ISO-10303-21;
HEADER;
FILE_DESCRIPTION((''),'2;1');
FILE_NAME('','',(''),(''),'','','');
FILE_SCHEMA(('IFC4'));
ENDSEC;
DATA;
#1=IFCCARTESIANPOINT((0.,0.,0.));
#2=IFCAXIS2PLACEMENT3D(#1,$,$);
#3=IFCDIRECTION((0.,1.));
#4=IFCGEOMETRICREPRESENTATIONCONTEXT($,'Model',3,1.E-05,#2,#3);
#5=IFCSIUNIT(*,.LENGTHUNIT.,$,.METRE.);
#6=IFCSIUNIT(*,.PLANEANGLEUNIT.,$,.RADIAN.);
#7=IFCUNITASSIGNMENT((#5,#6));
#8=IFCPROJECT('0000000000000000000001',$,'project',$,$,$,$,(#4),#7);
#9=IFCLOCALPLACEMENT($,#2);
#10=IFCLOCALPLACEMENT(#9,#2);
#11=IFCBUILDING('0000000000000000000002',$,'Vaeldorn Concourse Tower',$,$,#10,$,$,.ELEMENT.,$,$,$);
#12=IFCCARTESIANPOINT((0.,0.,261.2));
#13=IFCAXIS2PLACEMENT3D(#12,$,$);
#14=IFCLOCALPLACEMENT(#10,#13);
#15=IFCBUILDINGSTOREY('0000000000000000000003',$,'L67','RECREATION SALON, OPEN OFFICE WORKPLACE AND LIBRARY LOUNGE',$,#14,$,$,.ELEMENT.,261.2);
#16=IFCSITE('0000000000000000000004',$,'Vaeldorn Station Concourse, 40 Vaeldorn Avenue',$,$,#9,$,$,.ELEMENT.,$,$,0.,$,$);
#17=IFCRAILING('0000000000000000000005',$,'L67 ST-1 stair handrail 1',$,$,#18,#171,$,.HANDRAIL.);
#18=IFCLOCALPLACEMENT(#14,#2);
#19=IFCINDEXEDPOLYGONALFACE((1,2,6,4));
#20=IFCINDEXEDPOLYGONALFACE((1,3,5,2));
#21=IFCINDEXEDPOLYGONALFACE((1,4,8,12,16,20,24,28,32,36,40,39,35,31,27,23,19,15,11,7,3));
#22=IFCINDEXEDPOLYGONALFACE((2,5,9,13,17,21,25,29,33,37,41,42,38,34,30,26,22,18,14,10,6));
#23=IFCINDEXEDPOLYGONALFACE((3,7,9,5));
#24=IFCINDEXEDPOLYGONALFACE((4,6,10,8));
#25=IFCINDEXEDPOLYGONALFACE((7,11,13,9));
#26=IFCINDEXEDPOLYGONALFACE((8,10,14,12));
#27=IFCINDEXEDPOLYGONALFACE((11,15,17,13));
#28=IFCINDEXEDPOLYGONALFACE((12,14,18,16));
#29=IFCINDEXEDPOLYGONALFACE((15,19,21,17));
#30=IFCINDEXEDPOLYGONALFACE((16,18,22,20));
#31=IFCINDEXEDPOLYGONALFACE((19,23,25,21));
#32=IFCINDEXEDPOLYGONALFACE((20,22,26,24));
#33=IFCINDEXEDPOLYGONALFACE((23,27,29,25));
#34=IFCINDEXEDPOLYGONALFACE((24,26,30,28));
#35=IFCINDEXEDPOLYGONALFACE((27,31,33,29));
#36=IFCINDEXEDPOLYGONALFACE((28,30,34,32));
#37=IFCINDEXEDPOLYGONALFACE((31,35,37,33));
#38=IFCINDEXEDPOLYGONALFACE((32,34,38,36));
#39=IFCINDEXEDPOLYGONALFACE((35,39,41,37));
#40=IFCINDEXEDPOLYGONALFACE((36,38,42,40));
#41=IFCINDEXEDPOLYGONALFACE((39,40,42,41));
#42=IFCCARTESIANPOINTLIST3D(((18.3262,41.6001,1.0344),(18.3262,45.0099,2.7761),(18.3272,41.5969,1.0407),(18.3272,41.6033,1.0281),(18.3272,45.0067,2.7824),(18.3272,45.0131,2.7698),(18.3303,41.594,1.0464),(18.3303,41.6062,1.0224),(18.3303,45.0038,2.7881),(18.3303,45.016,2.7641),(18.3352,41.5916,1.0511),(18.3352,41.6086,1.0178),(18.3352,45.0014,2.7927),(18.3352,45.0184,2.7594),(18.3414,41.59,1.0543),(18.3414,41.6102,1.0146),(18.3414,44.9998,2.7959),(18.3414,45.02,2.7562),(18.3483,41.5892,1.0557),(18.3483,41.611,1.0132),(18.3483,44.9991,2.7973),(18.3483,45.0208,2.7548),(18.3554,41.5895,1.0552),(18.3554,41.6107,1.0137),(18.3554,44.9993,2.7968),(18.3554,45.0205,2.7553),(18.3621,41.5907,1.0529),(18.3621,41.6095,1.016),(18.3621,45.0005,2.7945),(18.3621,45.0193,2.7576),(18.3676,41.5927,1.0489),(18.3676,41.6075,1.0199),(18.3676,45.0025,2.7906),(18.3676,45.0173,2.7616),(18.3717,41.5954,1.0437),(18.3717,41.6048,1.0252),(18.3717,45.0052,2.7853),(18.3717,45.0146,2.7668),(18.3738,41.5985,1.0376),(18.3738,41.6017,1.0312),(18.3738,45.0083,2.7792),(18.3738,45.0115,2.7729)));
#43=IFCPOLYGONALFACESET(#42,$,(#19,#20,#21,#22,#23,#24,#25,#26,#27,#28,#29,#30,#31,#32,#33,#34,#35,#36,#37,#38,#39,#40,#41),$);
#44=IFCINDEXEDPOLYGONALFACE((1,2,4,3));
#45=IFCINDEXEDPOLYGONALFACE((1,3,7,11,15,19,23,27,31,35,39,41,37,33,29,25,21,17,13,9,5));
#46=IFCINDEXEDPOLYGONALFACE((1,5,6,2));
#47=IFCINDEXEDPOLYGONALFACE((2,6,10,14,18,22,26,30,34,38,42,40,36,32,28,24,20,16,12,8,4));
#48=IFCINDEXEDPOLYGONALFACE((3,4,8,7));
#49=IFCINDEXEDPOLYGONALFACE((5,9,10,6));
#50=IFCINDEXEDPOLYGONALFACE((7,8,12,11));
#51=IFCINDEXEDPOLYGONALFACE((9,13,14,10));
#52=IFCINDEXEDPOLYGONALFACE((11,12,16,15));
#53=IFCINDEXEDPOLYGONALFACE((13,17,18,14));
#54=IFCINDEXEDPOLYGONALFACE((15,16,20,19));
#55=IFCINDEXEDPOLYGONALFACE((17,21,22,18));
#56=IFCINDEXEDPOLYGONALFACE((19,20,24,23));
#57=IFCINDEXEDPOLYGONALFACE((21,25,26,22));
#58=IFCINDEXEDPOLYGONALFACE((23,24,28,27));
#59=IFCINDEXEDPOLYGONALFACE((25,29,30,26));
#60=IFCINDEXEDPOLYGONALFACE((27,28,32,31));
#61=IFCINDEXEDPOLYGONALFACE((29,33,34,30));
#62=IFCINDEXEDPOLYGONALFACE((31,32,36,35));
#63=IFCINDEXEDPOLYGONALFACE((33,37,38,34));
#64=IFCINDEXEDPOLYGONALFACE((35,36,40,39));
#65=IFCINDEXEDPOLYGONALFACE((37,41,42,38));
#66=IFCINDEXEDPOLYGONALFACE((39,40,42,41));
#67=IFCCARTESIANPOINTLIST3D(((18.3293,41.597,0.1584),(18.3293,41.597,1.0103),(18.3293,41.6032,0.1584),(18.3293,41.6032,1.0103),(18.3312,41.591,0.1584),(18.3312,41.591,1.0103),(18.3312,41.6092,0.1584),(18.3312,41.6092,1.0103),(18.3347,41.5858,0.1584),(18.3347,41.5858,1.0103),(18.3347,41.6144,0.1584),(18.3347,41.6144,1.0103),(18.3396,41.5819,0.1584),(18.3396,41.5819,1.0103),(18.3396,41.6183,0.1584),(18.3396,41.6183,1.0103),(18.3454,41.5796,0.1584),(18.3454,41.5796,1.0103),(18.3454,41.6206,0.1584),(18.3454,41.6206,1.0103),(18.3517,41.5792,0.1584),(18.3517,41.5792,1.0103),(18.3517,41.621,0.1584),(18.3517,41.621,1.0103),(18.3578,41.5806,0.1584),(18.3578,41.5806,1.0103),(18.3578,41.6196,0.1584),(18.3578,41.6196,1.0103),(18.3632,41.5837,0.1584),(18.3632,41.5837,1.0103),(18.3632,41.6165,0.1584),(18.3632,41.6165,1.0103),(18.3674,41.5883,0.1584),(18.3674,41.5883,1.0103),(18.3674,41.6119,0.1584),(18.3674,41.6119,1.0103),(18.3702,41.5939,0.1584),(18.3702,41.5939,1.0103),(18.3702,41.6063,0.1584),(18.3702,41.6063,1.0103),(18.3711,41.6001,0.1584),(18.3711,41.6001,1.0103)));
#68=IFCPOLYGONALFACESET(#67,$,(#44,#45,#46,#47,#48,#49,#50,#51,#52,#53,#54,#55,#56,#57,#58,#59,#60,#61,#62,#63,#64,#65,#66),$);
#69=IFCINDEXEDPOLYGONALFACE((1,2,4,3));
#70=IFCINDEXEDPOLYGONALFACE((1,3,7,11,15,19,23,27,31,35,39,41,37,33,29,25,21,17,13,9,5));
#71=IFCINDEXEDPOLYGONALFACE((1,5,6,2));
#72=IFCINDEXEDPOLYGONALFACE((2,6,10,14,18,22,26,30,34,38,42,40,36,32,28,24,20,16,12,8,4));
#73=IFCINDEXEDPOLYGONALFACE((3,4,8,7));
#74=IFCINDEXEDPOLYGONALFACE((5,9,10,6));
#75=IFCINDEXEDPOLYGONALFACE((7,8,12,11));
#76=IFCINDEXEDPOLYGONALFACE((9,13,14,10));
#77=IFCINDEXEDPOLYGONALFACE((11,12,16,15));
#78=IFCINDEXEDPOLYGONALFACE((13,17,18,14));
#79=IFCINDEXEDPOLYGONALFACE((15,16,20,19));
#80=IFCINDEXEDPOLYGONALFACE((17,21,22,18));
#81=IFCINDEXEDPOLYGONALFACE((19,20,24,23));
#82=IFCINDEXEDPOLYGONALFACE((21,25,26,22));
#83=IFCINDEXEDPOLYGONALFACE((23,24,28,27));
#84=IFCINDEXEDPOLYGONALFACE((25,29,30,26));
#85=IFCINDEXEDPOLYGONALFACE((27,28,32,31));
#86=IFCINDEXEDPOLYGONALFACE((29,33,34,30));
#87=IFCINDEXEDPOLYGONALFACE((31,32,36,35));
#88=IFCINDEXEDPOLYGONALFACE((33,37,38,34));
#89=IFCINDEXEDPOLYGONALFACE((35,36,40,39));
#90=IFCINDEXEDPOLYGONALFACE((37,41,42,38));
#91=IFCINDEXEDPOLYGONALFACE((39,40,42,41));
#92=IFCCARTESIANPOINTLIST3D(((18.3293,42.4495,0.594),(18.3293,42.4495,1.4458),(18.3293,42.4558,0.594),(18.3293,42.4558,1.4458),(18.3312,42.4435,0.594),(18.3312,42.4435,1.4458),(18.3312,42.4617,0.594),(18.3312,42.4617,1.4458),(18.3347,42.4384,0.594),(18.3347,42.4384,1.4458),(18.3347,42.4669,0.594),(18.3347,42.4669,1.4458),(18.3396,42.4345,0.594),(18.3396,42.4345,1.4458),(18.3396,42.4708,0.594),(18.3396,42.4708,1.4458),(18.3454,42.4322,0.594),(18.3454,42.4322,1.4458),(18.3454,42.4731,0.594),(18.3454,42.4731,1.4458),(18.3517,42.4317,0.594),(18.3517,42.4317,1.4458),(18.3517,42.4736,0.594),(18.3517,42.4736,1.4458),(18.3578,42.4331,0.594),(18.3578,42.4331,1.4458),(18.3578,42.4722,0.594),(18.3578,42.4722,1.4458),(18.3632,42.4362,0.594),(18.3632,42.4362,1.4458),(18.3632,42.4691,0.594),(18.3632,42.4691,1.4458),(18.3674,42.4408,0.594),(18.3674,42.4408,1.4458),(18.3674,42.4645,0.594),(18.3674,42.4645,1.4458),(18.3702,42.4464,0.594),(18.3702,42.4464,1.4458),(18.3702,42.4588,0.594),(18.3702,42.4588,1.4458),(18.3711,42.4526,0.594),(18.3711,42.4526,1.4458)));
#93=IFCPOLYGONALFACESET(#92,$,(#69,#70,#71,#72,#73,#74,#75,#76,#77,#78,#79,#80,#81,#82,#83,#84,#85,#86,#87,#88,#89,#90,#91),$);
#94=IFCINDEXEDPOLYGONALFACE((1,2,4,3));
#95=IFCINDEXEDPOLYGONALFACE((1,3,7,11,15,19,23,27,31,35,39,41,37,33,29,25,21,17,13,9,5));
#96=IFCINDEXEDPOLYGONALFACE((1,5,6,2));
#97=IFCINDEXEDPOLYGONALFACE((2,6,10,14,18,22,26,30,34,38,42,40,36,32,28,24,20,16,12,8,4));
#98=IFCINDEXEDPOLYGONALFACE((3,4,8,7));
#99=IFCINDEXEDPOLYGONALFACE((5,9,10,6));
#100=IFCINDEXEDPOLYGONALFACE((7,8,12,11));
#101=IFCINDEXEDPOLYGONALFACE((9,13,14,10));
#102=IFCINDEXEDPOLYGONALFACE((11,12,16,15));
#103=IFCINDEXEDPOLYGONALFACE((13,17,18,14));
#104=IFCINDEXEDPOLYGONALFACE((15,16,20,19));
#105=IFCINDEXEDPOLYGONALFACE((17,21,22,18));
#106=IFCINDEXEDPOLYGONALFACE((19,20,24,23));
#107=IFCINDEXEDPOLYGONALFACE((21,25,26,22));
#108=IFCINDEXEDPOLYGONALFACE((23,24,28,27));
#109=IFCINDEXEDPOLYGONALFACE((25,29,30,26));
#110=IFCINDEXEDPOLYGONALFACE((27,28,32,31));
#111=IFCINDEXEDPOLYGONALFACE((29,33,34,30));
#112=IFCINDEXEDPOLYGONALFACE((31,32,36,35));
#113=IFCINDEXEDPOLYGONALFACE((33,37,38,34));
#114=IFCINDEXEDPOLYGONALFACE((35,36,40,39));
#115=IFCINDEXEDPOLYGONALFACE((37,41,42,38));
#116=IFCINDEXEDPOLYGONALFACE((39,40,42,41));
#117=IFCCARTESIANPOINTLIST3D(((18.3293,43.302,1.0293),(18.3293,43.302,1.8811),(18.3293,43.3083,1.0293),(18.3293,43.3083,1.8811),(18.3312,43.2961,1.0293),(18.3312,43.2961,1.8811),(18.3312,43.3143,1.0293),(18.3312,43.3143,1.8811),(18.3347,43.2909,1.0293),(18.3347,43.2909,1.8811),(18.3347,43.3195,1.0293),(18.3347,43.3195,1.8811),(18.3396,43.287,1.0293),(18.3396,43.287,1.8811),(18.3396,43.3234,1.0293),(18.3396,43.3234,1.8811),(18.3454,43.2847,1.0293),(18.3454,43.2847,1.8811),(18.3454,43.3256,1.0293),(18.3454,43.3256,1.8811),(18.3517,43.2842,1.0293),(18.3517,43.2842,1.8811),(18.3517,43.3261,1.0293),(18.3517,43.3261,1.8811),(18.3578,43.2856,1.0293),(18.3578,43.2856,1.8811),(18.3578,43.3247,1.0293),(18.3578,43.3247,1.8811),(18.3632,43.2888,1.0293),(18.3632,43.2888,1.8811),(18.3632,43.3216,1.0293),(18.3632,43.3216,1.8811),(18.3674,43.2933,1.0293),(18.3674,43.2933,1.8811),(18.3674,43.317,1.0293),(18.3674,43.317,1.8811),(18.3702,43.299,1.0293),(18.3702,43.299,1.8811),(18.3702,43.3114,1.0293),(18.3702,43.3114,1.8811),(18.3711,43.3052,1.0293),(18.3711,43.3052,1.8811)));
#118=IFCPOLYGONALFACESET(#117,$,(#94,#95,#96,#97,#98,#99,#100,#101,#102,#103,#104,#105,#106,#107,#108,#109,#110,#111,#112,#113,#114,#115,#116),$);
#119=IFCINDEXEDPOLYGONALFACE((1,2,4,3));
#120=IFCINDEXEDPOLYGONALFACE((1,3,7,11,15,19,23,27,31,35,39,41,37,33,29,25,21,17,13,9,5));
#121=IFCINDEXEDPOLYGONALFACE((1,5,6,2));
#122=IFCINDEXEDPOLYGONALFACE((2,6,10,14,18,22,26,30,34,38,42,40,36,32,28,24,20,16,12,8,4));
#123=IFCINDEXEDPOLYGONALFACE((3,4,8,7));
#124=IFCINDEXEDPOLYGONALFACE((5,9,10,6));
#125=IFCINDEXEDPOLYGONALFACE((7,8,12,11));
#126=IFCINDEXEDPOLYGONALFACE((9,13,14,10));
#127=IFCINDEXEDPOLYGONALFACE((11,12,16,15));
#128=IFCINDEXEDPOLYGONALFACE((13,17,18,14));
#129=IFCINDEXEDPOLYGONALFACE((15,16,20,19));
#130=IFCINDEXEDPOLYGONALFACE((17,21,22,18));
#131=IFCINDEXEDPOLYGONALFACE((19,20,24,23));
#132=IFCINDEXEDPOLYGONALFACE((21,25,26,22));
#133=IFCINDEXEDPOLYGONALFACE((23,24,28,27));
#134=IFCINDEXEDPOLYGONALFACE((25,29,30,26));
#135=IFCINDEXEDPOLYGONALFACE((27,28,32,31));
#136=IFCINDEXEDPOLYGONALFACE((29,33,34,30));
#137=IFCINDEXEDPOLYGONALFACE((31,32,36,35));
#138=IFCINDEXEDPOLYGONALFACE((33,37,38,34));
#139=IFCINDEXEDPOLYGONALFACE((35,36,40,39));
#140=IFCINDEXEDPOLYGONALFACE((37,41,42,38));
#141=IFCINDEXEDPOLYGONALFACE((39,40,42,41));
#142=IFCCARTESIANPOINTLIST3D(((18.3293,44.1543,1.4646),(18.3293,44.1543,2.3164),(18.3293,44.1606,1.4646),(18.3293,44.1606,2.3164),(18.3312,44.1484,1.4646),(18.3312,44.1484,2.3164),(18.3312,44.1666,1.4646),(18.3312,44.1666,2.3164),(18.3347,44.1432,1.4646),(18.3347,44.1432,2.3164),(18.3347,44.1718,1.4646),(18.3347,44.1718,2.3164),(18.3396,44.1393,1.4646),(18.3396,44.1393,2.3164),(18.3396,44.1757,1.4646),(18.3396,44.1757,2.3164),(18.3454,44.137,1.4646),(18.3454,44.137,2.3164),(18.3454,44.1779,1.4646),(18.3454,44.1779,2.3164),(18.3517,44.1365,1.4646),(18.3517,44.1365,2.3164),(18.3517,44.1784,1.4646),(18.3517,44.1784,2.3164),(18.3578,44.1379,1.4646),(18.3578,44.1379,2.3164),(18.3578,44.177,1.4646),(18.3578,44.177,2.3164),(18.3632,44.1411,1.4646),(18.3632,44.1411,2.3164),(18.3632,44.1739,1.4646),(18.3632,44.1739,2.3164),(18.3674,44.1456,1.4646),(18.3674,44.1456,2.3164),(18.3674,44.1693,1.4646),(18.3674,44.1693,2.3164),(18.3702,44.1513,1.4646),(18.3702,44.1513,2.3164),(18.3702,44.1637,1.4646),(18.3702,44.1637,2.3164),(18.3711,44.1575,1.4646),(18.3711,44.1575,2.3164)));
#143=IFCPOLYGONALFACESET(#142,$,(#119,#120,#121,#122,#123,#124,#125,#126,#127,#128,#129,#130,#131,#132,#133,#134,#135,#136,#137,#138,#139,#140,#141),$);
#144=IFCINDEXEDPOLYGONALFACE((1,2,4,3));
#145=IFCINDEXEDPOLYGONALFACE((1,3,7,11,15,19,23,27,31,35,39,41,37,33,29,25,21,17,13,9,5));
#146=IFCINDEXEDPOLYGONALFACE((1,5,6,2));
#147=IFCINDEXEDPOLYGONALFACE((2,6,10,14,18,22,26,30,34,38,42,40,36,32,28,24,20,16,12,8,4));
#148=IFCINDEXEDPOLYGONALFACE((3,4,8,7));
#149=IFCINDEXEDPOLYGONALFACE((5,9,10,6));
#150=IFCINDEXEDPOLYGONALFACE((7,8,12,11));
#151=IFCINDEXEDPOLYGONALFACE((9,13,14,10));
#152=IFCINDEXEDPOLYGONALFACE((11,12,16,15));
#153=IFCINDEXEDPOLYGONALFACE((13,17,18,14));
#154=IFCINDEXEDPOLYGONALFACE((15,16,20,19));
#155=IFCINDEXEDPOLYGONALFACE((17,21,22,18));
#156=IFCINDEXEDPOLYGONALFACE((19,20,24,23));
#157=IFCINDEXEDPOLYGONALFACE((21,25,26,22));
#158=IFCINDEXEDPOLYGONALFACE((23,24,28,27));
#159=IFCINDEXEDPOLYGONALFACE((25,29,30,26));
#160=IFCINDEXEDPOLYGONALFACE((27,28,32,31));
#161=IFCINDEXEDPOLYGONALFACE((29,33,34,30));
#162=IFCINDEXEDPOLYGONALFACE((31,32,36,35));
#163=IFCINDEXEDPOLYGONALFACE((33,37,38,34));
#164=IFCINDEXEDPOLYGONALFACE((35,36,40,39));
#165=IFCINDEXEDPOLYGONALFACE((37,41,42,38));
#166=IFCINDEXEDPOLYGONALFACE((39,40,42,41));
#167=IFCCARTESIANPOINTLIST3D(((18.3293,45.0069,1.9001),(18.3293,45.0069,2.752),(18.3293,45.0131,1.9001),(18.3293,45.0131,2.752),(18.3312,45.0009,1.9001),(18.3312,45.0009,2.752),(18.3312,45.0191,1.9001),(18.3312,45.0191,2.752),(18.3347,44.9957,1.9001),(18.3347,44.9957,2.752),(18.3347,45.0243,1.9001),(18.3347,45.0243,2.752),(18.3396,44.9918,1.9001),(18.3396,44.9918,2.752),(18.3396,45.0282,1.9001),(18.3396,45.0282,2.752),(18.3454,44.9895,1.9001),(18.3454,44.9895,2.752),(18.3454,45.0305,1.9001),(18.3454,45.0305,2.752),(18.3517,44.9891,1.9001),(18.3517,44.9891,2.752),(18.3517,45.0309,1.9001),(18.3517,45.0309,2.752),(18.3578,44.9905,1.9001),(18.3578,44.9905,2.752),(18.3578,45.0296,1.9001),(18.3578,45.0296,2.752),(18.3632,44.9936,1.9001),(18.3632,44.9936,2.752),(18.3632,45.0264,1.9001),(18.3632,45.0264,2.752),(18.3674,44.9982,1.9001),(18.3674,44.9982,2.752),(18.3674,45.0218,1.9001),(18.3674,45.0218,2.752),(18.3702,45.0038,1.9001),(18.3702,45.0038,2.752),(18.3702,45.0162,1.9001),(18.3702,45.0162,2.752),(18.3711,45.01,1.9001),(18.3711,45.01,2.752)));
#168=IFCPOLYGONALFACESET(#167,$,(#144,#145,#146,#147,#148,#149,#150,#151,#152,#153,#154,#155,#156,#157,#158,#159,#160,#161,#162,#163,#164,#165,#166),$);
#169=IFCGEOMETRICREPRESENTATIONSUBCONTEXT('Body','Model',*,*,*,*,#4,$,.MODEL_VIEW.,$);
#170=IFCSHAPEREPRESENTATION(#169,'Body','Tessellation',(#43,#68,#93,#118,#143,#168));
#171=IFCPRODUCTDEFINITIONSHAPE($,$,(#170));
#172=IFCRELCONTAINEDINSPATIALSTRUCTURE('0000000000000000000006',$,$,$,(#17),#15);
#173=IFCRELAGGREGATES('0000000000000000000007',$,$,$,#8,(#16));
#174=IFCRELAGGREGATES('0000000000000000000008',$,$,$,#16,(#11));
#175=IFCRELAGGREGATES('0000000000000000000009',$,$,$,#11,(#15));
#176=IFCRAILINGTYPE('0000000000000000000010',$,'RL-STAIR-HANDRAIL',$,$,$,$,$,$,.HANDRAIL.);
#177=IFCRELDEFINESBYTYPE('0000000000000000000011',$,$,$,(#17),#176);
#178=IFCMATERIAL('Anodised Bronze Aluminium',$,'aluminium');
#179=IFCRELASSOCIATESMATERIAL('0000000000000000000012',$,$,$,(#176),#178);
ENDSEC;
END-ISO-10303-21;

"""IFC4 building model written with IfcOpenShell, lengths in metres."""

from ifc_helpers import new_model, si_unit, direction, frame, origin, origin_2d, place, context, subcontext, project, spatial, circle, extrude, material, type_object, element, save


model = new_model("IFC4")

# Units and contexts
model_context = context("Model", 3, precision=1e-05, world=origin(), true_north=direction((0.0, 1.0)))
body_context = subcontext(model_context, "Body", "Model", "MODEL_VIEW")
ifc_project = project(units=[si_unit("LENGTHUNIT", "METRE"), si_unit("PLANEANGLEUNIT", "RADIAN")], contexts=[model_context])

# Site, building, storey
site_placement = place(None, origin())
site = spatial("IfcSite", under=ifc_project, at=site_placement, Name="Vaeldorn Station Concourse, 40 Vaeldorn Avenue", CompositionType="ELEMENT", RefElevation=0.0)
building_placement = place(site_placement, origin())
building = spatial("IfcBuilding", under=site, at=building_placement, Name="Vaeldorn Concourse Tower", CompositionType="ELEMENT")
storey_placement = place(building_placement, frame((0.0, 0.0, 261.2)))
storey = spatial("IfcBuildingStorey", under=building, at=storey_placement, Name="L67", Description="RECREATION SALON, OPEN OFFICE WORKPLACE AND LIBRARY LOUNGE", CompositionType="ELEMENT", Elevation=261.2)

# Shared definitions
ifc_material_1 = material(Name="Anodised Bronze Aluminium", Category="aluminium")

# Railing
railing_type_1 = type_object("IfcRailingType", Name="RL-STAIR-HANDRAIL", PredefinedType="HANDRAIL", material=ifc_material_1)
railing_1_placement = place(storey_placement, frame((18.3501, 41.6001, 0.1584)))
element("IfcRailing", 1, at=railing_1_placement, inside=storey, type_object=railing_type_1, Name="L67 ST-1 stair handrail 1", PredefinedType="HANDRAIL", context=body_context, shape_type="SweptSolid", body=[
    extrude(circle(Radius=0.0239, at=origin_2d()), frame((0.0, 0.0, 0.876), z_axis=(0.0, 0.890556, 0.454874), x_axis=(-1.0, 0.0, 0.0)), (0.0, 0.0, 1.0), 3.8289),
    extrude(circle(Radius=0.021, at=origin_2d()), origin(), (0.0, 0.0, 1.0), 0.8518),
    extrude(circle(Radius=0.021, at=origin_2d()), frame((0.0, 0.8525, 0.4355)), (0.0, 0.0, 1.0), 0.8518),
    extrude(circle(Radius=0.021, at=origin_2d()), frame((0.0, 1.7051, 0.8708)), (0.0, 0.0, 1.0), 0.8518),
    extrude(circle(Radius=0.021, at=origin_2d()), frame((0.0, 2.5574, 1.3062)), (0.0, 0.0, 1.0), 0.8518),
    extrude(circle(Radius=0.021, at=origin_2d()), frame((0.0, 3.4099, 1.7417)), (0.0, 0.0, 1.0), 0.8518),
])

save(model, "model.ifc")
